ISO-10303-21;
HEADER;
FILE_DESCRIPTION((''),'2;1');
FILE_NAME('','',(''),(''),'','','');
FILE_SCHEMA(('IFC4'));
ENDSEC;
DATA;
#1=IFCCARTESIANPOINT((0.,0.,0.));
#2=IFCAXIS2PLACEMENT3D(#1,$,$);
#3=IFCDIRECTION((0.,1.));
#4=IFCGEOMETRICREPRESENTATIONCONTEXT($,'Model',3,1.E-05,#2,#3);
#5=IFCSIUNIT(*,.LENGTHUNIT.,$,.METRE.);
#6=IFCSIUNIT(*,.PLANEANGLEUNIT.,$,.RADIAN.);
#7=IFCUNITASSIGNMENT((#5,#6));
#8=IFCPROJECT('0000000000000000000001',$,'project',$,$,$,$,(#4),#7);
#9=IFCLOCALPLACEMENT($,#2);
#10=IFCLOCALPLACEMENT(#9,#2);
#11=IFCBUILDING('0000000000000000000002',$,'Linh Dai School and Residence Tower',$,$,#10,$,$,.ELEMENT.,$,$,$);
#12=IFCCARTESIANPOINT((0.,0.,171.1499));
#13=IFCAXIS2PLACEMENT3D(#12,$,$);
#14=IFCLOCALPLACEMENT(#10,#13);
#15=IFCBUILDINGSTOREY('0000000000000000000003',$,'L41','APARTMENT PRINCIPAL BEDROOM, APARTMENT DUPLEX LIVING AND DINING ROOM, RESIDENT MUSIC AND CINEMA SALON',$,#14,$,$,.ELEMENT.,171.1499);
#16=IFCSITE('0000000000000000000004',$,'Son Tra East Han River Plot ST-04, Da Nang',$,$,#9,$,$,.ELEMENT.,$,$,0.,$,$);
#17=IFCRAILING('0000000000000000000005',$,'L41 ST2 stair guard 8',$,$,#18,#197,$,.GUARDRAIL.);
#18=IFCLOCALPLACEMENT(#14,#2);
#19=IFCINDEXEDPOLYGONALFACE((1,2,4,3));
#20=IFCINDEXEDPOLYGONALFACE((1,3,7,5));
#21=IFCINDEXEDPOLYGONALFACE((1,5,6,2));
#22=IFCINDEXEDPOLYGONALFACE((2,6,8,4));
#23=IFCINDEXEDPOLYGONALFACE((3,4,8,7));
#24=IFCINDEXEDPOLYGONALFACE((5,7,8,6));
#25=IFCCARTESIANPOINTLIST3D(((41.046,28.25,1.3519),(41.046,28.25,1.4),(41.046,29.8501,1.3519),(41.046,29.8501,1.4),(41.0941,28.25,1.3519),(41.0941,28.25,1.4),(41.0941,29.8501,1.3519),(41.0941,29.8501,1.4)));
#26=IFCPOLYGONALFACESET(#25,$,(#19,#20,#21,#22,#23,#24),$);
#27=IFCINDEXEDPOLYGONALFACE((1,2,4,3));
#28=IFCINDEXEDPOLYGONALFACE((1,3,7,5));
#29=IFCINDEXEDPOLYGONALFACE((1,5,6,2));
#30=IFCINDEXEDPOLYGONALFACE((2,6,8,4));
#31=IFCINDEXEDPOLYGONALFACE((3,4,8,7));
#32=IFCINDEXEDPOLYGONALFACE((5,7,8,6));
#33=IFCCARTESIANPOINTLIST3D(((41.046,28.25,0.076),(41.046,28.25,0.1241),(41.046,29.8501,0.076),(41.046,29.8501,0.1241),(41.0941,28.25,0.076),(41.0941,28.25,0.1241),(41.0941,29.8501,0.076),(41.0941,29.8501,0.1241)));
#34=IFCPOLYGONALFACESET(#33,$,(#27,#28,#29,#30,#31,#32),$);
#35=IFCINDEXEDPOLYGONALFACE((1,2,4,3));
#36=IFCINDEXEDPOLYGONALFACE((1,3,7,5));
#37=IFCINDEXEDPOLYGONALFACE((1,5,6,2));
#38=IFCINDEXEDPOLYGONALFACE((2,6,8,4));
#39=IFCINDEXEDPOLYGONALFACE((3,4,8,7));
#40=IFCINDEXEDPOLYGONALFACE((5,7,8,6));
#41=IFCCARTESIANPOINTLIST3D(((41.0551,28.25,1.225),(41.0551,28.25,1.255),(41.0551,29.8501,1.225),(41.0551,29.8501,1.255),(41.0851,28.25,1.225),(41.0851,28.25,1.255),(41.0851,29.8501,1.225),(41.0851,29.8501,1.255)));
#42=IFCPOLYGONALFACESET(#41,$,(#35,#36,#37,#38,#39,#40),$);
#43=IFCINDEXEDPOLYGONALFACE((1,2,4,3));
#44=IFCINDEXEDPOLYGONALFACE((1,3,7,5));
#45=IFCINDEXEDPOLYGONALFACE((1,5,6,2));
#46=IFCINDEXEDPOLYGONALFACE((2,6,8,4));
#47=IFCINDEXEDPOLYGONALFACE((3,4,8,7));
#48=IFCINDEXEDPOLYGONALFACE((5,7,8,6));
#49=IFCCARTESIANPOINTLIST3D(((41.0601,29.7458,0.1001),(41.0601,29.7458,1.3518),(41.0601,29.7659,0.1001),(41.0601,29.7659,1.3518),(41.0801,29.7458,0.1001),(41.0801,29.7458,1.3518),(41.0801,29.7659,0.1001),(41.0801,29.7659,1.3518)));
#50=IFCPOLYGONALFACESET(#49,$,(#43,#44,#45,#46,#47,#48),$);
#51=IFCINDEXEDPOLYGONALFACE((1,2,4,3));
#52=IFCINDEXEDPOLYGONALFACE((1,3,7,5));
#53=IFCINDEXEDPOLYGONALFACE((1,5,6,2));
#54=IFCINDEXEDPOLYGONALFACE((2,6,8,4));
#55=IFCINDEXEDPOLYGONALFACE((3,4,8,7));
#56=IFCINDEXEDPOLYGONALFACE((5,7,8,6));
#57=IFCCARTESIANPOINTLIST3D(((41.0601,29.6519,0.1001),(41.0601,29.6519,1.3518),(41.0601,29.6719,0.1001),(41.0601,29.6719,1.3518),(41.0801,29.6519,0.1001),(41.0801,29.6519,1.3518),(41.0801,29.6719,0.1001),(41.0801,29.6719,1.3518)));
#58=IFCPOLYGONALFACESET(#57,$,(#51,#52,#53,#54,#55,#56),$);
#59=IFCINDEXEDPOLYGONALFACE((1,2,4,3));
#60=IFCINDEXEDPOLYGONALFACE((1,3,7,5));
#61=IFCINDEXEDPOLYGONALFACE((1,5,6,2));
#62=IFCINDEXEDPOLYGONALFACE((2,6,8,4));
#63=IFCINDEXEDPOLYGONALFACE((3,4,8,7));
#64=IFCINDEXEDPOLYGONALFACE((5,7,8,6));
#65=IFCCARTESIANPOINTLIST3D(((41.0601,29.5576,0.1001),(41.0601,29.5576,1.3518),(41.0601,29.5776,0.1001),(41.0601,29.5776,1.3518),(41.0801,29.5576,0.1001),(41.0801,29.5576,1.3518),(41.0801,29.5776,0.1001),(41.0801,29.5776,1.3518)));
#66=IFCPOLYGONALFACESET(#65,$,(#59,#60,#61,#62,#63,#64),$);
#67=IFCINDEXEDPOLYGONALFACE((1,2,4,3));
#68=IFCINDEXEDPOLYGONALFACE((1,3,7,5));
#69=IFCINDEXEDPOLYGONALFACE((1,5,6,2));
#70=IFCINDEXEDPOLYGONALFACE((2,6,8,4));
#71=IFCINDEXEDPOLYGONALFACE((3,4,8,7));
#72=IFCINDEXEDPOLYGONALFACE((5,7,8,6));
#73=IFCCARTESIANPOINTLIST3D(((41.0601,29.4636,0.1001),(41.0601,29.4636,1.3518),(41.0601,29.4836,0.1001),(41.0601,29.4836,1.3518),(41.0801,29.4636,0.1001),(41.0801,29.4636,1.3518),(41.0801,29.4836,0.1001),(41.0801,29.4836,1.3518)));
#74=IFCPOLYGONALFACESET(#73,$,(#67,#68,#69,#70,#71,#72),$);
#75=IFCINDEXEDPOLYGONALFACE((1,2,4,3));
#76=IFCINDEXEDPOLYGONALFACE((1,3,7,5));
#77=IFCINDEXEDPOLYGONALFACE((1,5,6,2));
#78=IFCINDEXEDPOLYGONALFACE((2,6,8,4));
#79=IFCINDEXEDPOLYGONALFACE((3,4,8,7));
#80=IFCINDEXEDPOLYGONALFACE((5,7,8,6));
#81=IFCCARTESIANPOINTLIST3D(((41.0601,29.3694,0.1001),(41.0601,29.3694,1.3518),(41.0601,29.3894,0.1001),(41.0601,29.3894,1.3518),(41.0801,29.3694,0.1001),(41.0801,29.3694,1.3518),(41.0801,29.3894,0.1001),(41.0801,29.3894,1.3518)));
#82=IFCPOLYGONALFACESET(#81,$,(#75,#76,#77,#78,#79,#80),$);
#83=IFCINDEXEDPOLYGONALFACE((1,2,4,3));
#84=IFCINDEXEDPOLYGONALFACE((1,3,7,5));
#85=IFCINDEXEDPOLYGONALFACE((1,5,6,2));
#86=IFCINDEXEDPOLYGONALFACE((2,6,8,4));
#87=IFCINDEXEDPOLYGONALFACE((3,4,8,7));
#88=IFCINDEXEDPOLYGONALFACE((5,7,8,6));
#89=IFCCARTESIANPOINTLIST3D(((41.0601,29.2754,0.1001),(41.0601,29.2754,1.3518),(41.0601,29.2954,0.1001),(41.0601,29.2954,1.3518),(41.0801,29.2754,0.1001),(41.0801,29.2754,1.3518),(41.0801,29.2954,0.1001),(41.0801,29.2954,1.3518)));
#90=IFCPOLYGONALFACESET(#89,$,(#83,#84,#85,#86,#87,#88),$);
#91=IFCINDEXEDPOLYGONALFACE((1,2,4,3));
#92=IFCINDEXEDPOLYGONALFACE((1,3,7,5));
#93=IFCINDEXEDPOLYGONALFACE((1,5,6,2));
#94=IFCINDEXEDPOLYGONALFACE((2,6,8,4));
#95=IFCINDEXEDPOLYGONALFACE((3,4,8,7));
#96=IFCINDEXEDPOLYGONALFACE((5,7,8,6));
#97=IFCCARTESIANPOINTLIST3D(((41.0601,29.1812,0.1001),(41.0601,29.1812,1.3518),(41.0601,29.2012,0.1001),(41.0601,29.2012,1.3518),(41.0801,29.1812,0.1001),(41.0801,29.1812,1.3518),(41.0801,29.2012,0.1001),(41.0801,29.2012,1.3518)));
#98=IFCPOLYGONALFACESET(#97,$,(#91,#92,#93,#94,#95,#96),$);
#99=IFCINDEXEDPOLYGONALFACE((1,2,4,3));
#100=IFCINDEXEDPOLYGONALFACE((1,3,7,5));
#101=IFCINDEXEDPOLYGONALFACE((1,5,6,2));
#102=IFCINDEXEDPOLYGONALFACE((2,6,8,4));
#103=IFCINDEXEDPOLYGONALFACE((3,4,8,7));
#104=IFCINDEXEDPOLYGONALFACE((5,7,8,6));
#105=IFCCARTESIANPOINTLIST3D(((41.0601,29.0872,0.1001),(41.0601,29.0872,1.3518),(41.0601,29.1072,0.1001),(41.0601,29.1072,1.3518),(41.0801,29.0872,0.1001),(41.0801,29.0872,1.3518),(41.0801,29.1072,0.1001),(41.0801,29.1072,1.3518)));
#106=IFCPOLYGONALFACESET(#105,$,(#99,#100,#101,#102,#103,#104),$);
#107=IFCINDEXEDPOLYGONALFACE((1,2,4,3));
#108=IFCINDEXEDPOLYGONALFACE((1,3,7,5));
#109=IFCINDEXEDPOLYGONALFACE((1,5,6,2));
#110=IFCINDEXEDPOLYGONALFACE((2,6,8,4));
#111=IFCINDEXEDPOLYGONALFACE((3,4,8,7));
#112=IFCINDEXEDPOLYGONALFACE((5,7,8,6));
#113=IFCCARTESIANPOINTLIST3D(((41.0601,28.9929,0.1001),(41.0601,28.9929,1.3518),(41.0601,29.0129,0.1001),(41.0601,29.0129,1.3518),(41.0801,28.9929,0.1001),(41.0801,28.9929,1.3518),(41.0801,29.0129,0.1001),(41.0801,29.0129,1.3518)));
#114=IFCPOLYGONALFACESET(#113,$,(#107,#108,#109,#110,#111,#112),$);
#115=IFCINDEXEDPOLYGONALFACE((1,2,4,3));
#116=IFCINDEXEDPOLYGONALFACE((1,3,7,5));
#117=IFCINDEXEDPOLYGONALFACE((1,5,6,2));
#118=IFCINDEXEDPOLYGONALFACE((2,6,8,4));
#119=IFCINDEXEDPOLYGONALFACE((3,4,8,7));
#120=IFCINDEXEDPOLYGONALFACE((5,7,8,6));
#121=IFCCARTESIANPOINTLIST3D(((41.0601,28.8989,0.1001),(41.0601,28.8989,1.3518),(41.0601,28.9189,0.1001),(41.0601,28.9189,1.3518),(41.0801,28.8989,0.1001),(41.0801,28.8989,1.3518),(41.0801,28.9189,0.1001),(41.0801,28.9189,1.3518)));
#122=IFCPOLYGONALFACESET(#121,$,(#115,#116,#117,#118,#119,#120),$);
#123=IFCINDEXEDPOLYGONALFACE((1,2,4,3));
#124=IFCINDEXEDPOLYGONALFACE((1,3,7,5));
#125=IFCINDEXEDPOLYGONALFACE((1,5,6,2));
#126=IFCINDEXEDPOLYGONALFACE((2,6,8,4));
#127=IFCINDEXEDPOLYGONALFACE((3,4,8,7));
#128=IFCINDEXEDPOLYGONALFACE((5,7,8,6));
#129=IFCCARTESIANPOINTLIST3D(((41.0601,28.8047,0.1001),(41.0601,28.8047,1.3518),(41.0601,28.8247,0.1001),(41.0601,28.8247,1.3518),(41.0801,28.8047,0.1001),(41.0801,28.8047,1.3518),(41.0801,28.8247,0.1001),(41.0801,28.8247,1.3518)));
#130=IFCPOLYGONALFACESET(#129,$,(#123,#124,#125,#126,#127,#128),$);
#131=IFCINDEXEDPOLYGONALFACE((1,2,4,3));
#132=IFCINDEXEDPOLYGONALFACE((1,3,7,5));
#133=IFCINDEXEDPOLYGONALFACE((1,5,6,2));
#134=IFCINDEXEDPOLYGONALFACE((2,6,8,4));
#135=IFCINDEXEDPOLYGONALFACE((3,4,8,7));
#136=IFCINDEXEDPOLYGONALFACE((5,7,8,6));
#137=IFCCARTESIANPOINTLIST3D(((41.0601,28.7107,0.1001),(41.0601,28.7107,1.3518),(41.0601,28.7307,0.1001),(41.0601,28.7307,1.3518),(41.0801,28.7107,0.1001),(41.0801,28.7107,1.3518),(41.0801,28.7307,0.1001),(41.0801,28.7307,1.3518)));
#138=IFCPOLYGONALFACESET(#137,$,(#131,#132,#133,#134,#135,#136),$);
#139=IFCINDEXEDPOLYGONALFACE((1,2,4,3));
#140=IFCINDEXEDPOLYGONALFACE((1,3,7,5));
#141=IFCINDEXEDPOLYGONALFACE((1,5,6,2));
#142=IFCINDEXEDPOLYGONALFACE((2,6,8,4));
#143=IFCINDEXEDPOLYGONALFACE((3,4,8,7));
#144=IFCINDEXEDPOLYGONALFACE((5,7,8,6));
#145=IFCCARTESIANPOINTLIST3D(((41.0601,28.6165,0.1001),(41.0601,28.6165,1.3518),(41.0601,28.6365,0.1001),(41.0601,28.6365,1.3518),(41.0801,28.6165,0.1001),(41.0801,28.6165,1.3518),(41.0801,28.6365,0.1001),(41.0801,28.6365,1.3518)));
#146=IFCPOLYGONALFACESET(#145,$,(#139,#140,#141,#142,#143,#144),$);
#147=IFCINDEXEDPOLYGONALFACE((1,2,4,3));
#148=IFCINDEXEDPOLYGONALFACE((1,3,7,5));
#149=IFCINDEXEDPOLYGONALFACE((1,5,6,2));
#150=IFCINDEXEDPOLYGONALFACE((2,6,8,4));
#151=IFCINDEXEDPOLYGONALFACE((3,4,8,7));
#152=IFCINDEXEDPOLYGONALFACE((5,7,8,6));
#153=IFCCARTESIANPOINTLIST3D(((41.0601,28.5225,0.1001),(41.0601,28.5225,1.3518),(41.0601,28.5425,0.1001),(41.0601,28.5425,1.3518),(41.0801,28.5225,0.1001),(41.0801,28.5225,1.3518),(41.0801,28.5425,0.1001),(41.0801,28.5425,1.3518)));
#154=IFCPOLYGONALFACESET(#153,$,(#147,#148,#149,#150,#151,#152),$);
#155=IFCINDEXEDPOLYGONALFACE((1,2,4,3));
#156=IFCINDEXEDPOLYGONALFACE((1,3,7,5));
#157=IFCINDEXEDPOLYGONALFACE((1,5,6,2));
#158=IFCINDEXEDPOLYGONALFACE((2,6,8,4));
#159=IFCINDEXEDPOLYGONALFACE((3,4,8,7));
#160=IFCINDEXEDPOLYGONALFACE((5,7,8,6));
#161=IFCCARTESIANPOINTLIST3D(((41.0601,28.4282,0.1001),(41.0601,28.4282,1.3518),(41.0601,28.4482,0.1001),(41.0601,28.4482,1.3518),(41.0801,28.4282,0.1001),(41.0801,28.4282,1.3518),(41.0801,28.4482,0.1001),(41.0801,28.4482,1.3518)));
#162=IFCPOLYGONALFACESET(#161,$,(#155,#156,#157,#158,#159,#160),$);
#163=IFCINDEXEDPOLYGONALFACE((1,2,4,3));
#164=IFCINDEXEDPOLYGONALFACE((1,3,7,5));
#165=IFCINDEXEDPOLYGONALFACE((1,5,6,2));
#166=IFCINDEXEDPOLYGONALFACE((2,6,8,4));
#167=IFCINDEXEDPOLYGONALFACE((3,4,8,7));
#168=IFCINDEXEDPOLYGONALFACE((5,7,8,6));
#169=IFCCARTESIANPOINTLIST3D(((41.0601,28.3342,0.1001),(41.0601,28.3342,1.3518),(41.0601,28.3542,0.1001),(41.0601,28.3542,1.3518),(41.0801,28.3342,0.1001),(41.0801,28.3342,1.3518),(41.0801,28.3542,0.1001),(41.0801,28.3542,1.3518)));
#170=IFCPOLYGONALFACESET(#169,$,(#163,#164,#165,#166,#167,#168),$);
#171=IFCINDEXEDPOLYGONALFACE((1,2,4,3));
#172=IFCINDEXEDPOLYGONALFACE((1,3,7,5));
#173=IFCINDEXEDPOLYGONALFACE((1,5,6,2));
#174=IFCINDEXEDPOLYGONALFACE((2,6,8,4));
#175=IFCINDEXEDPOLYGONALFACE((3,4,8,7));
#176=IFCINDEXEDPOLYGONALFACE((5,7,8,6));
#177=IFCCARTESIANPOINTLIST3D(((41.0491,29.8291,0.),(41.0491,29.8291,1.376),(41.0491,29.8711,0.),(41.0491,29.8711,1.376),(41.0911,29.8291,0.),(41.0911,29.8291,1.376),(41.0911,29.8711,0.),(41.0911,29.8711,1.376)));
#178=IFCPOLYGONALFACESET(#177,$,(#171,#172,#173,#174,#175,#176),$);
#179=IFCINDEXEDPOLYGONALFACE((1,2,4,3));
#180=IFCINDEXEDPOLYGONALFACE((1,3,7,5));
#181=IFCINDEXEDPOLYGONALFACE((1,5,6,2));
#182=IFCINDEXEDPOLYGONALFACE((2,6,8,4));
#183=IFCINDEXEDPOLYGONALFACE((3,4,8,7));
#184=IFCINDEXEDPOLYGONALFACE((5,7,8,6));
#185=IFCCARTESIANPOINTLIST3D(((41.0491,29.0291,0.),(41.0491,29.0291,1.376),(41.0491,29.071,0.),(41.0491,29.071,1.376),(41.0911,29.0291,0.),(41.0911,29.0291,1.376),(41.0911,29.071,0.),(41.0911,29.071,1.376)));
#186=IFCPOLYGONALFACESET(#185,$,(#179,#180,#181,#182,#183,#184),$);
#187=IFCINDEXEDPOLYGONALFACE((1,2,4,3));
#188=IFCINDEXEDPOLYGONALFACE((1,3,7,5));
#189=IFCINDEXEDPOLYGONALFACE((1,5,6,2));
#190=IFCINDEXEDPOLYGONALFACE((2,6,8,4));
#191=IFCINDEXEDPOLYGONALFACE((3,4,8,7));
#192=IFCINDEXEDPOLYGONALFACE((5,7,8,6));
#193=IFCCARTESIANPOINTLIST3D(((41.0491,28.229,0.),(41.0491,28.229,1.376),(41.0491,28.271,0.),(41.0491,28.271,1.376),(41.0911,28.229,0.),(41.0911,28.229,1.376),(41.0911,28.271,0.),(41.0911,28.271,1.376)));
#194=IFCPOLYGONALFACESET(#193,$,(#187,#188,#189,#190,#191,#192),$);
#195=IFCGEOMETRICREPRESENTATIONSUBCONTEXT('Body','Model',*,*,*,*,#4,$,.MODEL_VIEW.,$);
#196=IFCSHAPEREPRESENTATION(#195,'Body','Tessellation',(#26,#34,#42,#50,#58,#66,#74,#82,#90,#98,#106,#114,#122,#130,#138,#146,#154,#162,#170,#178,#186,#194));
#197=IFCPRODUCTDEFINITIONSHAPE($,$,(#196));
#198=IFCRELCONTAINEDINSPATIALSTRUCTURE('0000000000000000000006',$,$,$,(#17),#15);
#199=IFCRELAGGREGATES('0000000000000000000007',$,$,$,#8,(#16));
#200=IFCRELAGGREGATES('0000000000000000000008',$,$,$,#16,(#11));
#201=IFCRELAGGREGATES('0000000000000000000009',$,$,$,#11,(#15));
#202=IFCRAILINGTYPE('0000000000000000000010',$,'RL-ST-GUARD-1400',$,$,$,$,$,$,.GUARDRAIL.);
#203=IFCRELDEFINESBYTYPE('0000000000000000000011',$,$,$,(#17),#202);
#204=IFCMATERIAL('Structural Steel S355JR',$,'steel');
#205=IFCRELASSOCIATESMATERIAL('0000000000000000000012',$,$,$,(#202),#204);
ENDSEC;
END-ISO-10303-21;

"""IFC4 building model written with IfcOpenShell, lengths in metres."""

from ifc_helpers import new_model, si_unit, direction, frame, origin, origin_2d, place, context, subcontext, project, spatial, rectangle, extrude, source, transform, mapped, material, type_object, element, save


model = new_model("IFC4")

# Units and contexts
model_context = context("Model", 3, precision=1e-05, world=origin(), true_north=direction((0.0, 1.0)))
body_context = subcontext(model_context, "Body", "Model", "MODEL_VIEW")
ifc_project = project(units=[si_unit("LENGTHUNIT", "METRE"), si_unit("PLANEANGLEUNIT", "RADIAN")], contexts=[model_context])

# Site, building, storey
site_placement = place(None, origin())
site = spatial("IfcSite", under=ifc_project, at=site_placement, Name="Son Tra East Han River Plot ST-04, Da Nang", CompositionType="ELEMENT", RefElevation=0.0)
building_placement = place(site_placement, origin())
building = spatial("IfcBuilding", under=site, at=building_placement, Name="Linh Dai School and Residence Tower", CompositionType="ELEMENT")
storey_placement = place(building_placement, frame((0.0, 0.0, 171.1499)))
storey = spatial("IfcBuildingStorey", under=building, at=storey_placement, Name="L41", Description="APARTMENT PRINCIPAL BEDROOM, APARTMENT DUPLEX LIVING AND DINING ROOM, RESIDENT MUSIC AND CINEMA SALON", CompositionType="ELEMENT", Elevation=171.1499)

# Shared definitions
ifc_material_1 = material(Name="Structural Steel S355JR", Category="steel")

# Railing
railing_type_1 = type_object("IfcRailingType", Name="RL-ST-GUARD-1400", PredefinedType="GUARDRAIL", material=ifc_material_1)
shared_shape_1 = source(origin(), body_context, "Body", "SweptSolid", [
    extrude(rectangle(XDim=0.0481, YDim=0.0481, at=origin_2d()), frame((0.0, 0.0, 1.376), z_axis=(0.0, -1.0, 0.0), x_axis=(1.0, 0.0, 0.0)), (0.0, 0.0, 1.0), 1.6001),
    extrude(rectangle(XDim=0.0481, YDim=0.0481, at=origin_2d()), frame((0.0, 0.0, 0.1001), z_axis=(0.0, -1.0, 0.0), x_axis=(1.0, 0.0, 0.0)), (0.0, 0.0, 1.0), 1.6001),
    extrude(rectangle(XDim=0.03, YDim=0.03, at=origin_2d()), frame((0.0, 0.0, 1.24), z_axis=(0.0, -1.0, 0.0), x_axis=(1.0, 0.0, 0.0)), (0.0, 0.0, 1.0), 1.6001),
    extrude(rectangle(XDim=0.02, YDim=0.02, at=origin_2d()), frame((0.0, -0.0942, 0.1001)), (0.0, 0.0, 1.0), 1.2517),
    extrude(rectangle(XDim=0.02, YDim=0.02, at=origin_2d()), frame((0.0, -0.1882, 0.1001)), (0.0, 0.0, 1.0), 1.2517),
    extrude(rectangle(XDim=0.02, YDim=0.02, at=origin_2d()), frame((0.0, -0.2825, 0.1001)), (0.0, 0.0, 1.0), 1.2517),
    extrude(rectangle(XDim=0.02, YDim=0.02, at=origin_2d()), frame((0.0, -0.3765, 0.1001)), (0.0, 0.0, 1.0), 1.2517),
    extrude(rectangle(XDim=0.02, YDim=0.02, at=origin_2d()), frame((0.0, -0.4707, 0.1001)), (0.0, 0.0, 1.0), 1.2517),
    extrude(rectangle(XDim=0.02, YDim=0.02, at=origin_2d()), frame((0.0, -0.5647, 0.1001)), (0.0, 0.0, 1.0), 1.2517),
    extrude(rectangle(XDim=0.02, YDim=0.02, at=origin_2d()), frame((0.0, -0.6589, 0.1001)), (0.0, 0.0, 1.0), 1.2517),
    extrude(rectangle(XDim=0.02, YDim=0.02, at=origin_2d()), frame((0.0, -0.7529, 0.1001)), (0.0, 0.0, 1.0), 1.2517),
    extrude(rectangle(XDim=0.02, YDim=0.02, at=origin_2d()), frame((0.0, -0.8472, 0.1001)), (0.0, 0.0, 1.0), 1.2517),
    extrude(rectangle(XDim=0.02, YDim=0.02, at=origin_2d()), frame((0.0, -0.9412, 0.1001)), (0.0, 0.0, 1.0), 1.2517),
    extrude(rectangle(XDim=0.02, YDim=0.02, at=origin_2d()), frame((0.0, -1.0354, 0.1001)), (0.0, 0.0, 1.0), 1.2517),
    extrude(rectangle(XDim=0.02, YDim=0.02, at=origin_2d()), frame((0.0, -1.1294, 0.1001)), (0.0, 0.0, 1.0), 1.2517),
    extrude(rectangle(XDim=0.02, YDim=0.02, at=origin_2d()), frame((0.0, -1.2236, 0.1001)), (0.0, 0.0, 1.0), 1.2517),
    extrude(rectangle(XDim=0.02, YDim=0.02, at=origin_2d()), frame((0.0, -1.3176, 0.1001)), (0.0, 0.0, 1.0), 1.2517),
    extrude(rectangle(XDim=0.02, YDim=0.02, at=origin_2d()), frame((0.0, -1.4119, 0.1001)), (0.0, 0.0, 1.0), 1.2517),
    extrude(rectangle(XDim=0.02, YDim=0.02, at=origin_2d()), frame((0.0, -1.5059, 0.1001)), (0.0, 0.0, 1.0), 1.2517),
    extrude(rectangle(XDim=0.042, YDim=0.042, at=origin_2d()), origin(), (0.0, 0.0, 1.0), 1.376),
    extrude(rectangle(XDim=0.042, YDim=0.042, at=origin_2d()), frame((0.0, -0.8, 0.0)), (0.0, 0.0, 1.0), 1.376),
    extrude(rectangle(XDim=0.042, YDim=0.042, at=origin_2d()), frame((0.0, -1.6001, 0.0)), (0.0, 0.0, 1.0), 1.376),
])
for number, where, name in (
    (1, (41.0701, 29.8501, 0.0), "L41 ST2 stair guard 8"),
):
    element("IfcRailing", number, at=place(storey_placement, frame(where)), inside=storey, type_object=railing_type_1, Name=name, PredefinedType="GUARDRAIL", context=body_context, shape_type="MappedRepresentation", body=[
        mapped(shared_shape_1, transform((0.0, 0.0, 0.0), x_axis=(1.0, 0.0, 0.0), y_axis=(0.0, 1.0, 0.0), z_axis=(0.0, 0.0, 1.0), scale=1.0)),
    ])

save(model, "model.ifc")
